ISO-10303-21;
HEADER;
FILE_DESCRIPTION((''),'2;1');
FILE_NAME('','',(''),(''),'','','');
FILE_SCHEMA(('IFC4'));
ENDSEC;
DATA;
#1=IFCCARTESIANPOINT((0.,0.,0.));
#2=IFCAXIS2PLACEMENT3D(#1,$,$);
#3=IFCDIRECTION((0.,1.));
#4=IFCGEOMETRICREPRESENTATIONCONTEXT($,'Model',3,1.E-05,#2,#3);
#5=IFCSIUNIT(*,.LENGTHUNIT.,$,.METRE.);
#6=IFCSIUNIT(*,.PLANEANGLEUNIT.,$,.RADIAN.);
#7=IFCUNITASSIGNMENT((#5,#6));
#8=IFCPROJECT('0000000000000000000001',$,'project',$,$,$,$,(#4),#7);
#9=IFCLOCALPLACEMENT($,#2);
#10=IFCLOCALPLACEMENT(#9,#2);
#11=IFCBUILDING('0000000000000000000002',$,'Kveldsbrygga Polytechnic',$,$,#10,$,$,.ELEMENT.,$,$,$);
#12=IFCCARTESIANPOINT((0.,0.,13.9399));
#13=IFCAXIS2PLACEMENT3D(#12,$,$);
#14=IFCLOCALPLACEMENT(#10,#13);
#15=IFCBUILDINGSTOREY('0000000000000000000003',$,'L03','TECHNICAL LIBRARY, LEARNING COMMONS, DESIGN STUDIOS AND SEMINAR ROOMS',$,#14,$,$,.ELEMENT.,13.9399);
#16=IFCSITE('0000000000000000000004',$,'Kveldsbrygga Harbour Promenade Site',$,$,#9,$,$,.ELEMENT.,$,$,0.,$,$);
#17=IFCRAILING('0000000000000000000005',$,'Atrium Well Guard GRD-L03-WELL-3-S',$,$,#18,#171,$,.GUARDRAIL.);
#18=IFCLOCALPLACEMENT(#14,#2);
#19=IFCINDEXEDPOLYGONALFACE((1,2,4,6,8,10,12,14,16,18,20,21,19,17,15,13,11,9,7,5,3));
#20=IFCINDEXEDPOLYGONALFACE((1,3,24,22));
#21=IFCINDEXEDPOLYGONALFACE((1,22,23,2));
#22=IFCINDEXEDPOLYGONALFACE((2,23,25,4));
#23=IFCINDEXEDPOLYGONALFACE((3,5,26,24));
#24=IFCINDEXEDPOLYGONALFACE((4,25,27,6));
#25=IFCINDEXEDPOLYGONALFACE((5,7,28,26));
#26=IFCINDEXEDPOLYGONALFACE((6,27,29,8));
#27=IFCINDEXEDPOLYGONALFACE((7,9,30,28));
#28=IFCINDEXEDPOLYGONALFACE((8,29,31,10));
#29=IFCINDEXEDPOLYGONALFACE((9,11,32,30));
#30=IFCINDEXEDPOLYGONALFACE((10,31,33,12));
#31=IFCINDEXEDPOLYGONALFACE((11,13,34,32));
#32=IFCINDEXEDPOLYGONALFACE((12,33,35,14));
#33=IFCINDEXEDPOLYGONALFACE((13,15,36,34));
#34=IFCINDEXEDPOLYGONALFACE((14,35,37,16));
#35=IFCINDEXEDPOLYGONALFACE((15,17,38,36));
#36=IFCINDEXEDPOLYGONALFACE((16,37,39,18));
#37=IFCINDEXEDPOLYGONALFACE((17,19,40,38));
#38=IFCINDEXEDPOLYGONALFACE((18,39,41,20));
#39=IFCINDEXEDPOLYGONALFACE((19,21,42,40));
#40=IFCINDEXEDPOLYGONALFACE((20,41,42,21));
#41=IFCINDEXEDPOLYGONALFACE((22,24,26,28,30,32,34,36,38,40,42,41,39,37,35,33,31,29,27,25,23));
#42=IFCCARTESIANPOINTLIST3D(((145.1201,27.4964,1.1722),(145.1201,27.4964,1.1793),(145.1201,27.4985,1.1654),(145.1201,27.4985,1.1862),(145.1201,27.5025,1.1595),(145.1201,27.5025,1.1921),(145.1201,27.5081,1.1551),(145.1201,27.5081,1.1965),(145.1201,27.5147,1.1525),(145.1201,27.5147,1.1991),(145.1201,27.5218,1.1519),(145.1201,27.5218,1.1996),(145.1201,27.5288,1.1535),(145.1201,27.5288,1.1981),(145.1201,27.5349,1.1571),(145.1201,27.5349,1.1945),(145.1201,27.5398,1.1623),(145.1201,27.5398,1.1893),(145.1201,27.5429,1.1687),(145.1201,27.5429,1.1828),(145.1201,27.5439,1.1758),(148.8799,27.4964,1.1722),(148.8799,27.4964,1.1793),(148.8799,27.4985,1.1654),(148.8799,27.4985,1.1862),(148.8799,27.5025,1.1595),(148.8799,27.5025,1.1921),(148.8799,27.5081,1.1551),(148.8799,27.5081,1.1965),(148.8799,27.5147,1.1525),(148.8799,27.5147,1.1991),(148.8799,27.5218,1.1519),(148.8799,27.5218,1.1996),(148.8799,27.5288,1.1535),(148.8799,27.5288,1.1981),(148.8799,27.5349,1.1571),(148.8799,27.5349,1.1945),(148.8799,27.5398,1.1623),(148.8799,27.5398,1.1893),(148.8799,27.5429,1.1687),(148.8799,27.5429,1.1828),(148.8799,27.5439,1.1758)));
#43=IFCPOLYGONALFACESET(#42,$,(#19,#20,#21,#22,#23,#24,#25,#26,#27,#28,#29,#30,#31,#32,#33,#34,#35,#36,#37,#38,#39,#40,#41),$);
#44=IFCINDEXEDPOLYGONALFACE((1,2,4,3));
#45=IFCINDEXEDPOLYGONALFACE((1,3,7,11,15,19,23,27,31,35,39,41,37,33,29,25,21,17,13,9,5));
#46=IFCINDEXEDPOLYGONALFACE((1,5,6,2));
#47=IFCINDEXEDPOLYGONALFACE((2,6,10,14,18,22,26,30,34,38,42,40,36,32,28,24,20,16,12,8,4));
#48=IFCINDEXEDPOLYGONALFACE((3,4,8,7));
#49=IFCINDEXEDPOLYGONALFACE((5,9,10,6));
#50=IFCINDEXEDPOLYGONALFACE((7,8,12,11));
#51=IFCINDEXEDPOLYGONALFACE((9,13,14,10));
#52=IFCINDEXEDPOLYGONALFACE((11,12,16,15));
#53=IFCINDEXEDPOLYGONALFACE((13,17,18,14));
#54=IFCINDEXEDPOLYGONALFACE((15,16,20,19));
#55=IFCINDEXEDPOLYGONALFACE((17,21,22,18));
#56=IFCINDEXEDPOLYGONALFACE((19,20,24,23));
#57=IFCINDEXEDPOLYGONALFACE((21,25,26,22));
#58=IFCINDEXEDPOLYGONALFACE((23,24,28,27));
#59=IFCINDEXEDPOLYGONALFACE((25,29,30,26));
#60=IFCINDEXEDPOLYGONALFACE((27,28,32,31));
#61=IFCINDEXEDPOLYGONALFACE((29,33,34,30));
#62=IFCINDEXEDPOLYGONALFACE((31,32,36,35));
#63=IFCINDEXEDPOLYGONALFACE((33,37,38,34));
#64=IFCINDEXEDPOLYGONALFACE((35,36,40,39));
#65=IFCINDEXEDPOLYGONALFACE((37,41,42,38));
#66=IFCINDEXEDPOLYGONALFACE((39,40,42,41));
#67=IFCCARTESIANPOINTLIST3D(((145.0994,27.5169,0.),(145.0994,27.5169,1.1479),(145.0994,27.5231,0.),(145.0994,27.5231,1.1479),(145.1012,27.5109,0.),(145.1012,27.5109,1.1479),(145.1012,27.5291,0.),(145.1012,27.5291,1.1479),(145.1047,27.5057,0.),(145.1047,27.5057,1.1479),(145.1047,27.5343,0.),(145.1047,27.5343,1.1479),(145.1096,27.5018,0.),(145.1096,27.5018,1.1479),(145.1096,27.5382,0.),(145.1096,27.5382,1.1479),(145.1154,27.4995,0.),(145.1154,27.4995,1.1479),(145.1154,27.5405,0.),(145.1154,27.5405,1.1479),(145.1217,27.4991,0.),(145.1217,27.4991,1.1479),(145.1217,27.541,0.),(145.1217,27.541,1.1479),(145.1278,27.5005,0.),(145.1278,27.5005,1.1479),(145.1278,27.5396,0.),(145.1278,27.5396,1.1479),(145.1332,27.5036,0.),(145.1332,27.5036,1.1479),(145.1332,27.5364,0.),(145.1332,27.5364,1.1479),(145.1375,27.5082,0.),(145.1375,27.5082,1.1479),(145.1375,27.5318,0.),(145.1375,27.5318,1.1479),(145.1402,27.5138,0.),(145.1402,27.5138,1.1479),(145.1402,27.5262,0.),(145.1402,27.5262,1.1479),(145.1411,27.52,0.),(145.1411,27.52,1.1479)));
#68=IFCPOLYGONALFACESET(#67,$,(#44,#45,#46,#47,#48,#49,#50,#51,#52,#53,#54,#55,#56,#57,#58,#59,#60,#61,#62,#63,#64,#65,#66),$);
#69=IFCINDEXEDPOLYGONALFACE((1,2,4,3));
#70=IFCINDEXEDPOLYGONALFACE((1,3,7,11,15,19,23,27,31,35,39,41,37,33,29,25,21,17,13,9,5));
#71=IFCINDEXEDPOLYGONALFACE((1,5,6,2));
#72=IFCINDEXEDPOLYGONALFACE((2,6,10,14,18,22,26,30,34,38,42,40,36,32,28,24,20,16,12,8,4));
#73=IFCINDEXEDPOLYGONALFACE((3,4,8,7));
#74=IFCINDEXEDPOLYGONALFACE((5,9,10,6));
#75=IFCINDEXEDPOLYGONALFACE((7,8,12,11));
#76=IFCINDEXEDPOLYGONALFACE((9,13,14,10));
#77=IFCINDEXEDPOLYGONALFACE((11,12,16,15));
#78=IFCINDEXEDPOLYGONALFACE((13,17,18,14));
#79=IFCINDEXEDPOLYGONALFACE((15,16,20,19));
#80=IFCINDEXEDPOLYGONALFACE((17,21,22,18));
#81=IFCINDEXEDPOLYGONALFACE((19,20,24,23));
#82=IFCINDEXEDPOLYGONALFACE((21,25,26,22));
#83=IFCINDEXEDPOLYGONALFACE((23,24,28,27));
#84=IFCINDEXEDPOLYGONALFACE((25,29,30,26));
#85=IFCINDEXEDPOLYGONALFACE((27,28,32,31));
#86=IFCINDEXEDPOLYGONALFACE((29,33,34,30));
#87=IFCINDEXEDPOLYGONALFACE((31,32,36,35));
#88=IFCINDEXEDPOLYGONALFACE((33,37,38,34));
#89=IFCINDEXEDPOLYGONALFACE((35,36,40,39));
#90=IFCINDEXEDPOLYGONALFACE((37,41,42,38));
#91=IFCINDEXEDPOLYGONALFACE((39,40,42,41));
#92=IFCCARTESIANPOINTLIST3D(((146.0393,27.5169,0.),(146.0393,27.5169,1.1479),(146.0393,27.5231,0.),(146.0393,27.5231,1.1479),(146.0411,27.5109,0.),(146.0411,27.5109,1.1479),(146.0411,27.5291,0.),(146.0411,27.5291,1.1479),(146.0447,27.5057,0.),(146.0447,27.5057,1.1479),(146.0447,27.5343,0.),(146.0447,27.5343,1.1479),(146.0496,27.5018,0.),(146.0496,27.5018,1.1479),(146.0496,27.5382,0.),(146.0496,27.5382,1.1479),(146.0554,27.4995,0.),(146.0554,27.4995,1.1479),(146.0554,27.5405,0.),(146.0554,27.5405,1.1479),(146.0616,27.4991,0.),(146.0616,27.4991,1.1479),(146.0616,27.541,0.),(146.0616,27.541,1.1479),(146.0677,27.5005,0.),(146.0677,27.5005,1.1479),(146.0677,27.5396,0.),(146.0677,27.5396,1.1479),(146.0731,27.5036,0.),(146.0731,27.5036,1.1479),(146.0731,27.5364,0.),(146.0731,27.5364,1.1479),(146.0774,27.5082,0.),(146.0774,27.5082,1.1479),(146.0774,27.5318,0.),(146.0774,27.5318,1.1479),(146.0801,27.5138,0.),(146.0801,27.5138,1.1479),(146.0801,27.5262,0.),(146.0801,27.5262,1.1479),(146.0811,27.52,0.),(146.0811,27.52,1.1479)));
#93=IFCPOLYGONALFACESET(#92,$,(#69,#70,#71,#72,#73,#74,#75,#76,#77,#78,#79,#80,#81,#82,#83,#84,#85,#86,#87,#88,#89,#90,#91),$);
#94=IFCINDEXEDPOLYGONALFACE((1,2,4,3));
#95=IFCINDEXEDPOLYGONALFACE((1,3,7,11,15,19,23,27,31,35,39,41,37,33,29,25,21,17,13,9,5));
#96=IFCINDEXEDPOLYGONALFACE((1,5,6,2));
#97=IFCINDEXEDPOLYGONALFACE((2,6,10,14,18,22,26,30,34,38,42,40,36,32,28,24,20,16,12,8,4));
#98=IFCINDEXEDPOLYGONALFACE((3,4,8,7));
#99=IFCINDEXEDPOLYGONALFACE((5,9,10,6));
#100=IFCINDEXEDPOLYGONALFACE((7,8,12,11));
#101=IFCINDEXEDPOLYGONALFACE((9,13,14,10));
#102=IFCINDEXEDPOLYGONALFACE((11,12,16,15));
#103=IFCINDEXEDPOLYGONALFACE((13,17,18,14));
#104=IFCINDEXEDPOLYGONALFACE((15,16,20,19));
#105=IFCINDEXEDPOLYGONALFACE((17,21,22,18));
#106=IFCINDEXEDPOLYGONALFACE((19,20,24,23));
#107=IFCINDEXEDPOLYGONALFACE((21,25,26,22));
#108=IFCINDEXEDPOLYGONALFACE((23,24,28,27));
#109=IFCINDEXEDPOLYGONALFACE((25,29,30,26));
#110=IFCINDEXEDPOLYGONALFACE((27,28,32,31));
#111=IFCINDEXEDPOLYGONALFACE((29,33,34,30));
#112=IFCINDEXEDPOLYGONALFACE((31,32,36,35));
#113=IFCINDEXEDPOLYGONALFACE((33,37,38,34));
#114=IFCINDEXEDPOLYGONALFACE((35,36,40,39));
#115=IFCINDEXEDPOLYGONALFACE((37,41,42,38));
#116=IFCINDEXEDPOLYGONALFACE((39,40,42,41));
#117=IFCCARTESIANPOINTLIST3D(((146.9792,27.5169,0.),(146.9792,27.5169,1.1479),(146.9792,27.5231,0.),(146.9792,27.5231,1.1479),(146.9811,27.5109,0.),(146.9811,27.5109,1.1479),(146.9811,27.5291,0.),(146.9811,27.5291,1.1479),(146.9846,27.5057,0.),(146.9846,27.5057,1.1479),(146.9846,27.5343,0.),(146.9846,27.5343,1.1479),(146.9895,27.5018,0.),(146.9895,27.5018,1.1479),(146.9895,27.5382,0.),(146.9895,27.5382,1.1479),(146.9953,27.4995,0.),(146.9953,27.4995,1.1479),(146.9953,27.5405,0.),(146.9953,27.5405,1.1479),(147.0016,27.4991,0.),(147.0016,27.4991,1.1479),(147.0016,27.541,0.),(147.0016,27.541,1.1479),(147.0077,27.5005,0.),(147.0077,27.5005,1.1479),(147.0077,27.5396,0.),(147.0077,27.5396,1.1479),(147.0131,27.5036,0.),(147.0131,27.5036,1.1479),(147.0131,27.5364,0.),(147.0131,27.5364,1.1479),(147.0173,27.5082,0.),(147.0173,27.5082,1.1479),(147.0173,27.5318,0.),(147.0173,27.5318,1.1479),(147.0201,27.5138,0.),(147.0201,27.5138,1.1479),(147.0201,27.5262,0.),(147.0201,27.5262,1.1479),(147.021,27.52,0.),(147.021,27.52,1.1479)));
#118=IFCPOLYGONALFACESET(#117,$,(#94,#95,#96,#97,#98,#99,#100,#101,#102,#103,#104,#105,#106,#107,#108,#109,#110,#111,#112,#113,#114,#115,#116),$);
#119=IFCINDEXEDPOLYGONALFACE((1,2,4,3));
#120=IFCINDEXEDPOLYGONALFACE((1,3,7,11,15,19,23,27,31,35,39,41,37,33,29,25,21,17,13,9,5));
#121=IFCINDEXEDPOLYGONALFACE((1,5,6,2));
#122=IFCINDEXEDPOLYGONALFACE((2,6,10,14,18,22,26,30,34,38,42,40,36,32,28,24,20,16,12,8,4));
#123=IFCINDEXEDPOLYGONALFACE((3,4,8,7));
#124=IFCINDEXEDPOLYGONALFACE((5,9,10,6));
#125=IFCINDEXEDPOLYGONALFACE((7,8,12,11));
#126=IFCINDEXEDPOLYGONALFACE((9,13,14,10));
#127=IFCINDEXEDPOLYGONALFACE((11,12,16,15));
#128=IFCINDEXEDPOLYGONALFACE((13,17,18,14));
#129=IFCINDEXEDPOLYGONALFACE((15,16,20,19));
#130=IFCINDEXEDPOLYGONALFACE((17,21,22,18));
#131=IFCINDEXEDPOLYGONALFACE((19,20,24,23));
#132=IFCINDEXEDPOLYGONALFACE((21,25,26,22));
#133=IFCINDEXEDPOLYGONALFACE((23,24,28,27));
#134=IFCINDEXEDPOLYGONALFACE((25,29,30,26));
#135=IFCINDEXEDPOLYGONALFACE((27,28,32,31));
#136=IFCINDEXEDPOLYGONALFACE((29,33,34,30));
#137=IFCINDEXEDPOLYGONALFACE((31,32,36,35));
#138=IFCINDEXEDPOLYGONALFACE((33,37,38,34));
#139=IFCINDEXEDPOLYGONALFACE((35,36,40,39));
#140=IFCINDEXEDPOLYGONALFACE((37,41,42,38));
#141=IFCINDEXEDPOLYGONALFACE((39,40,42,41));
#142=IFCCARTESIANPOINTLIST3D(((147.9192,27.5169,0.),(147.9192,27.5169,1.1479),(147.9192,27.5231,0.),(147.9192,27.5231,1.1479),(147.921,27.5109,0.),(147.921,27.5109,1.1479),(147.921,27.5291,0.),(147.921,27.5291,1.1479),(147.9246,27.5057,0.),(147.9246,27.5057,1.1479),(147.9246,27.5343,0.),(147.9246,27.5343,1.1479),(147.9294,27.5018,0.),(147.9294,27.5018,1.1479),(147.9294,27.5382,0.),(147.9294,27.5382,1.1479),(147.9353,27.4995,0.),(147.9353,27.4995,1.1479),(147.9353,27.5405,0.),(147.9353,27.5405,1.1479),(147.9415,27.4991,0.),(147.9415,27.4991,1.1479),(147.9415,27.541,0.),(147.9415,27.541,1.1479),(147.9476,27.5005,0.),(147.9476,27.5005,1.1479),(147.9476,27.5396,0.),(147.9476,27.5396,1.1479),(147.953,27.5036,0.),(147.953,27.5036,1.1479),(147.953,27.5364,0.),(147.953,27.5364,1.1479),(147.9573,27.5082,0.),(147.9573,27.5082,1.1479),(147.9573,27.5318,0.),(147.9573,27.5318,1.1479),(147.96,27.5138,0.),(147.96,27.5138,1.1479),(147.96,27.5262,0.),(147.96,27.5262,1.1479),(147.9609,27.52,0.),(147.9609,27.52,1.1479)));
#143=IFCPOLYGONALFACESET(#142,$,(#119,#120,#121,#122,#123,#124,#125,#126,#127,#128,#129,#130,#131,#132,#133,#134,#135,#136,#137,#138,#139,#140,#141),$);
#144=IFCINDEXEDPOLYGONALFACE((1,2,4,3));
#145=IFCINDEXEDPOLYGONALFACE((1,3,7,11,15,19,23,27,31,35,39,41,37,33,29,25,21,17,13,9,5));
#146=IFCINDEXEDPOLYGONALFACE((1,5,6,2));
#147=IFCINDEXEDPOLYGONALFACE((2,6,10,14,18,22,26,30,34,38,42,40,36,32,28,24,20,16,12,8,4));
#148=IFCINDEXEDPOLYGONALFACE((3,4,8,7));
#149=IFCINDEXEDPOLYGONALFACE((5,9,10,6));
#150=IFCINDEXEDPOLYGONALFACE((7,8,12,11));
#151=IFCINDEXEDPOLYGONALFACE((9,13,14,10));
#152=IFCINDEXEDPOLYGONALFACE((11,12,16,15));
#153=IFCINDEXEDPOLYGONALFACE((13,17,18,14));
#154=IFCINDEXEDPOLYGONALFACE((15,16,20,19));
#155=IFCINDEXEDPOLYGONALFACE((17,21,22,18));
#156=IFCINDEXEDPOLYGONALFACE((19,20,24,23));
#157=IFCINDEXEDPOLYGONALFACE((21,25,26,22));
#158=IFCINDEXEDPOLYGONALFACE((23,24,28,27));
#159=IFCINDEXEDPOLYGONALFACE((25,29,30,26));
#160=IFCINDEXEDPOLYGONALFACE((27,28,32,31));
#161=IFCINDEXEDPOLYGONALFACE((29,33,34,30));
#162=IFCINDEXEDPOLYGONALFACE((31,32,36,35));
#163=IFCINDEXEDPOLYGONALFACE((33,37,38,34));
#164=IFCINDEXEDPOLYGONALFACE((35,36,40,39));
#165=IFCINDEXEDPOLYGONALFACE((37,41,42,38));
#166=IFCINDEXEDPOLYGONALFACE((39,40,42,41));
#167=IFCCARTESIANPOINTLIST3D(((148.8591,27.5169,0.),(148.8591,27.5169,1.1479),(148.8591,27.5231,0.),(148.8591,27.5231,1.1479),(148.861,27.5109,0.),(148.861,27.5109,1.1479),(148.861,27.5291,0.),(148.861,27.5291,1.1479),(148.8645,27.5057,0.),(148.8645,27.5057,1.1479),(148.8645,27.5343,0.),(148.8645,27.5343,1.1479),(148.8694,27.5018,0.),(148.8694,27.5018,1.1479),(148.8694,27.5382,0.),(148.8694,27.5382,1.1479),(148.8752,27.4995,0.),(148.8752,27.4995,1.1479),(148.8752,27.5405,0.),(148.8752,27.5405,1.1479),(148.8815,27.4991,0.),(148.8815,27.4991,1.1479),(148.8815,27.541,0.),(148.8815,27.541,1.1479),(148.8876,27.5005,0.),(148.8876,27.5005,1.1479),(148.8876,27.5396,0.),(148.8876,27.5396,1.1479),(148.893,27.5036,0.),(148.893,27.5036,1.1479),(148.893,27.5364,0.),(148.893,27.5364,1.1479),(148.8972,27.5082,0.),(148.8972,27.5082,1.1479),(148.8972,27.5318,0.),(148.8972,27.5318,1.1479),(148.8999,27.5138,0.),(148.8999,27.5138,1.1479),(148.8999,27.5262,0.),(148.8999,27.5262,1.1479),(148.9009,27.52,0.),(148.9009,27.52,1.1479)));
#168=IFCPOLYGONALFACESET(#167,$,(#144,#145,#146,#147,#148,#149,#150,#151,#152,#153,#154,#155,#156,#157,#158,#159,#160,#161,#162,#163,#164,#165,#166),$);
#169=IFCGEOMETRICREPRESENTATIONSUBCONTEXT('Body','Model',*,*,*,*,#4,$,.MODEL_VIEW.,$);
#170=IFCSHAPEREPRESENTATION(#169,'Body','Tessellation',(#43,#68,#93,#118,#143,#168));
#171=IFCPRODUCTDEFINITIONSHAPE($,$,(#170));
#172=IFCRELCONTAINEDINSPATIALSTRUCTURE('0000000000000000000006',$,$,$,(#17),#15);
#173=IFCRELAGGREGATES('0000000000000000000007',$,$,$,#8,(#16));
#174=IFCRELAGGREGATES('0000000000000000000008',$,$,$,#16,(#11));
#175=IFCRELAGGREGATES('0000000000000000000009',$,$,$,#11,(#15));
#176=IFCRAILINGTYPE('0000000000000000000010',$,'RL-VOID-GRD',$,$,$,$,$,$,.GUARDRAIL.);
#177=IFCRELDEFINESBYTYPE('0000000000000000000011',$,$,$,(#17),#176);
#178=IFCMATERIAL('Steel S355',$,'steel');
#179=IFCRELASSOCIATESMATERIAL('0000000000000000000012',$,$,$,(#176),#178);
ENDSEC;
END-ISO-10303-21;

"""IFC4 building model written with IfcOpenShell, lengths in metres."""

from ifc_helpers import new_model, si_unit, direction, frame, origin, origin_2d, place, context, subcontext, project, spatial, circle, extrude, material, type_object, element, save


model = new_model("IFC4")

# Units and contexts
model_context = context("Model", 3, precision=1e-05, world=origin(), true_north=direction((0.0, 1.0)))
body_context = subcontext(model_context, "Body", "Model", "MODEL_VIEW")
ifc_project = project(units=[si_unit("LENGTHUNIT", "METRE"), si_unit("PLANEANGLEUNIT", "RADIAN")], contexts=[model_context])

# Site, building, storey
site_placement = place(None, origin())
site = spatial("IfcSite", under=ifc_project, at=site_placement, Name="Kveldsbrygga Harbour Promenade Site", CompositionType="ELEMENT", RefElevation=0.0)
building_placement = place(site_placement, origin())
building = spatial("IfcBuilding", under=site, at=building_placement, Name="Kveldsbrygga Polytechnic", CompositionType="ELEMENT")
storey_placement = place(building_placement, frame((0.0, 0.0, 13.9399)))
storey = spatial("IfcBuildingStorey", under=building, at=storey_placement, Name="L03", Description="TECHNICAL LIBRARY, LEARNING COMMONS, DESIGN STUDIOS AND SEMINAR ROOMS", CompositionType="ELEMENT", Elevation=13.9399)

# Shared definitions
ifc_material_1 = material(Name="Steel S355", Category="steel")

# Railing
railing_type = type_object("IfcRailingType", Name="RL-VOID-GRD", PredefinedType="GUARDRAIL", material=ifc_material_1)
railing_1_placement = place(storey_placement, frame((145.1201, 27.52, 0.0)))
element("IfcRailing", 1, at=railing_1_placement, inside=storey, type_object=railing_type, Name="Atrium Well Guard GRD-L03-WELL-3-S", PredefinedType="GUARDRAIL", context=body_context, shape_type="SweptSolid", body=[
    extrude(circle(Radius=0.0239, at=origin_2d()), frame((0.0, 0.0, 1.1758), z_axis=(1.0, 0.0, 0.0), x_axis=(0.0, 1.0, 0.0)), (0.0, 0.0, 1.0), 3.7598),
    extrude(circle(Radius=0.021, at=origin_2d()), origin(), (0.0, 0.0, 1.0), 1.1479),
    extrude(circle(Radius=0.021, at=origin_2d()), frame((0.9399, 0.0, 0.0)), (0.0, 0.0, 1.0), 1.1479),
    extrude(circle(Radius=0.021, at=origin_2d()), frame((1.8799, 0.0, 0.0)), (0.0, 0.0, 1.0), 1.1479),
    extrude(circle(Radius=0.021, at=origin_2d()), frame((2.8198, 0.0, 0.0)), (0.0, 0.0, 1.0), 1.1479),
    extrude(circle(Radius=0.021, at=origin_2d()), frame((3.7598, 0.0, 0.0)), (0.0, 0.0, 1.0), 1.1479),
])

save(model, "model.ifc")
